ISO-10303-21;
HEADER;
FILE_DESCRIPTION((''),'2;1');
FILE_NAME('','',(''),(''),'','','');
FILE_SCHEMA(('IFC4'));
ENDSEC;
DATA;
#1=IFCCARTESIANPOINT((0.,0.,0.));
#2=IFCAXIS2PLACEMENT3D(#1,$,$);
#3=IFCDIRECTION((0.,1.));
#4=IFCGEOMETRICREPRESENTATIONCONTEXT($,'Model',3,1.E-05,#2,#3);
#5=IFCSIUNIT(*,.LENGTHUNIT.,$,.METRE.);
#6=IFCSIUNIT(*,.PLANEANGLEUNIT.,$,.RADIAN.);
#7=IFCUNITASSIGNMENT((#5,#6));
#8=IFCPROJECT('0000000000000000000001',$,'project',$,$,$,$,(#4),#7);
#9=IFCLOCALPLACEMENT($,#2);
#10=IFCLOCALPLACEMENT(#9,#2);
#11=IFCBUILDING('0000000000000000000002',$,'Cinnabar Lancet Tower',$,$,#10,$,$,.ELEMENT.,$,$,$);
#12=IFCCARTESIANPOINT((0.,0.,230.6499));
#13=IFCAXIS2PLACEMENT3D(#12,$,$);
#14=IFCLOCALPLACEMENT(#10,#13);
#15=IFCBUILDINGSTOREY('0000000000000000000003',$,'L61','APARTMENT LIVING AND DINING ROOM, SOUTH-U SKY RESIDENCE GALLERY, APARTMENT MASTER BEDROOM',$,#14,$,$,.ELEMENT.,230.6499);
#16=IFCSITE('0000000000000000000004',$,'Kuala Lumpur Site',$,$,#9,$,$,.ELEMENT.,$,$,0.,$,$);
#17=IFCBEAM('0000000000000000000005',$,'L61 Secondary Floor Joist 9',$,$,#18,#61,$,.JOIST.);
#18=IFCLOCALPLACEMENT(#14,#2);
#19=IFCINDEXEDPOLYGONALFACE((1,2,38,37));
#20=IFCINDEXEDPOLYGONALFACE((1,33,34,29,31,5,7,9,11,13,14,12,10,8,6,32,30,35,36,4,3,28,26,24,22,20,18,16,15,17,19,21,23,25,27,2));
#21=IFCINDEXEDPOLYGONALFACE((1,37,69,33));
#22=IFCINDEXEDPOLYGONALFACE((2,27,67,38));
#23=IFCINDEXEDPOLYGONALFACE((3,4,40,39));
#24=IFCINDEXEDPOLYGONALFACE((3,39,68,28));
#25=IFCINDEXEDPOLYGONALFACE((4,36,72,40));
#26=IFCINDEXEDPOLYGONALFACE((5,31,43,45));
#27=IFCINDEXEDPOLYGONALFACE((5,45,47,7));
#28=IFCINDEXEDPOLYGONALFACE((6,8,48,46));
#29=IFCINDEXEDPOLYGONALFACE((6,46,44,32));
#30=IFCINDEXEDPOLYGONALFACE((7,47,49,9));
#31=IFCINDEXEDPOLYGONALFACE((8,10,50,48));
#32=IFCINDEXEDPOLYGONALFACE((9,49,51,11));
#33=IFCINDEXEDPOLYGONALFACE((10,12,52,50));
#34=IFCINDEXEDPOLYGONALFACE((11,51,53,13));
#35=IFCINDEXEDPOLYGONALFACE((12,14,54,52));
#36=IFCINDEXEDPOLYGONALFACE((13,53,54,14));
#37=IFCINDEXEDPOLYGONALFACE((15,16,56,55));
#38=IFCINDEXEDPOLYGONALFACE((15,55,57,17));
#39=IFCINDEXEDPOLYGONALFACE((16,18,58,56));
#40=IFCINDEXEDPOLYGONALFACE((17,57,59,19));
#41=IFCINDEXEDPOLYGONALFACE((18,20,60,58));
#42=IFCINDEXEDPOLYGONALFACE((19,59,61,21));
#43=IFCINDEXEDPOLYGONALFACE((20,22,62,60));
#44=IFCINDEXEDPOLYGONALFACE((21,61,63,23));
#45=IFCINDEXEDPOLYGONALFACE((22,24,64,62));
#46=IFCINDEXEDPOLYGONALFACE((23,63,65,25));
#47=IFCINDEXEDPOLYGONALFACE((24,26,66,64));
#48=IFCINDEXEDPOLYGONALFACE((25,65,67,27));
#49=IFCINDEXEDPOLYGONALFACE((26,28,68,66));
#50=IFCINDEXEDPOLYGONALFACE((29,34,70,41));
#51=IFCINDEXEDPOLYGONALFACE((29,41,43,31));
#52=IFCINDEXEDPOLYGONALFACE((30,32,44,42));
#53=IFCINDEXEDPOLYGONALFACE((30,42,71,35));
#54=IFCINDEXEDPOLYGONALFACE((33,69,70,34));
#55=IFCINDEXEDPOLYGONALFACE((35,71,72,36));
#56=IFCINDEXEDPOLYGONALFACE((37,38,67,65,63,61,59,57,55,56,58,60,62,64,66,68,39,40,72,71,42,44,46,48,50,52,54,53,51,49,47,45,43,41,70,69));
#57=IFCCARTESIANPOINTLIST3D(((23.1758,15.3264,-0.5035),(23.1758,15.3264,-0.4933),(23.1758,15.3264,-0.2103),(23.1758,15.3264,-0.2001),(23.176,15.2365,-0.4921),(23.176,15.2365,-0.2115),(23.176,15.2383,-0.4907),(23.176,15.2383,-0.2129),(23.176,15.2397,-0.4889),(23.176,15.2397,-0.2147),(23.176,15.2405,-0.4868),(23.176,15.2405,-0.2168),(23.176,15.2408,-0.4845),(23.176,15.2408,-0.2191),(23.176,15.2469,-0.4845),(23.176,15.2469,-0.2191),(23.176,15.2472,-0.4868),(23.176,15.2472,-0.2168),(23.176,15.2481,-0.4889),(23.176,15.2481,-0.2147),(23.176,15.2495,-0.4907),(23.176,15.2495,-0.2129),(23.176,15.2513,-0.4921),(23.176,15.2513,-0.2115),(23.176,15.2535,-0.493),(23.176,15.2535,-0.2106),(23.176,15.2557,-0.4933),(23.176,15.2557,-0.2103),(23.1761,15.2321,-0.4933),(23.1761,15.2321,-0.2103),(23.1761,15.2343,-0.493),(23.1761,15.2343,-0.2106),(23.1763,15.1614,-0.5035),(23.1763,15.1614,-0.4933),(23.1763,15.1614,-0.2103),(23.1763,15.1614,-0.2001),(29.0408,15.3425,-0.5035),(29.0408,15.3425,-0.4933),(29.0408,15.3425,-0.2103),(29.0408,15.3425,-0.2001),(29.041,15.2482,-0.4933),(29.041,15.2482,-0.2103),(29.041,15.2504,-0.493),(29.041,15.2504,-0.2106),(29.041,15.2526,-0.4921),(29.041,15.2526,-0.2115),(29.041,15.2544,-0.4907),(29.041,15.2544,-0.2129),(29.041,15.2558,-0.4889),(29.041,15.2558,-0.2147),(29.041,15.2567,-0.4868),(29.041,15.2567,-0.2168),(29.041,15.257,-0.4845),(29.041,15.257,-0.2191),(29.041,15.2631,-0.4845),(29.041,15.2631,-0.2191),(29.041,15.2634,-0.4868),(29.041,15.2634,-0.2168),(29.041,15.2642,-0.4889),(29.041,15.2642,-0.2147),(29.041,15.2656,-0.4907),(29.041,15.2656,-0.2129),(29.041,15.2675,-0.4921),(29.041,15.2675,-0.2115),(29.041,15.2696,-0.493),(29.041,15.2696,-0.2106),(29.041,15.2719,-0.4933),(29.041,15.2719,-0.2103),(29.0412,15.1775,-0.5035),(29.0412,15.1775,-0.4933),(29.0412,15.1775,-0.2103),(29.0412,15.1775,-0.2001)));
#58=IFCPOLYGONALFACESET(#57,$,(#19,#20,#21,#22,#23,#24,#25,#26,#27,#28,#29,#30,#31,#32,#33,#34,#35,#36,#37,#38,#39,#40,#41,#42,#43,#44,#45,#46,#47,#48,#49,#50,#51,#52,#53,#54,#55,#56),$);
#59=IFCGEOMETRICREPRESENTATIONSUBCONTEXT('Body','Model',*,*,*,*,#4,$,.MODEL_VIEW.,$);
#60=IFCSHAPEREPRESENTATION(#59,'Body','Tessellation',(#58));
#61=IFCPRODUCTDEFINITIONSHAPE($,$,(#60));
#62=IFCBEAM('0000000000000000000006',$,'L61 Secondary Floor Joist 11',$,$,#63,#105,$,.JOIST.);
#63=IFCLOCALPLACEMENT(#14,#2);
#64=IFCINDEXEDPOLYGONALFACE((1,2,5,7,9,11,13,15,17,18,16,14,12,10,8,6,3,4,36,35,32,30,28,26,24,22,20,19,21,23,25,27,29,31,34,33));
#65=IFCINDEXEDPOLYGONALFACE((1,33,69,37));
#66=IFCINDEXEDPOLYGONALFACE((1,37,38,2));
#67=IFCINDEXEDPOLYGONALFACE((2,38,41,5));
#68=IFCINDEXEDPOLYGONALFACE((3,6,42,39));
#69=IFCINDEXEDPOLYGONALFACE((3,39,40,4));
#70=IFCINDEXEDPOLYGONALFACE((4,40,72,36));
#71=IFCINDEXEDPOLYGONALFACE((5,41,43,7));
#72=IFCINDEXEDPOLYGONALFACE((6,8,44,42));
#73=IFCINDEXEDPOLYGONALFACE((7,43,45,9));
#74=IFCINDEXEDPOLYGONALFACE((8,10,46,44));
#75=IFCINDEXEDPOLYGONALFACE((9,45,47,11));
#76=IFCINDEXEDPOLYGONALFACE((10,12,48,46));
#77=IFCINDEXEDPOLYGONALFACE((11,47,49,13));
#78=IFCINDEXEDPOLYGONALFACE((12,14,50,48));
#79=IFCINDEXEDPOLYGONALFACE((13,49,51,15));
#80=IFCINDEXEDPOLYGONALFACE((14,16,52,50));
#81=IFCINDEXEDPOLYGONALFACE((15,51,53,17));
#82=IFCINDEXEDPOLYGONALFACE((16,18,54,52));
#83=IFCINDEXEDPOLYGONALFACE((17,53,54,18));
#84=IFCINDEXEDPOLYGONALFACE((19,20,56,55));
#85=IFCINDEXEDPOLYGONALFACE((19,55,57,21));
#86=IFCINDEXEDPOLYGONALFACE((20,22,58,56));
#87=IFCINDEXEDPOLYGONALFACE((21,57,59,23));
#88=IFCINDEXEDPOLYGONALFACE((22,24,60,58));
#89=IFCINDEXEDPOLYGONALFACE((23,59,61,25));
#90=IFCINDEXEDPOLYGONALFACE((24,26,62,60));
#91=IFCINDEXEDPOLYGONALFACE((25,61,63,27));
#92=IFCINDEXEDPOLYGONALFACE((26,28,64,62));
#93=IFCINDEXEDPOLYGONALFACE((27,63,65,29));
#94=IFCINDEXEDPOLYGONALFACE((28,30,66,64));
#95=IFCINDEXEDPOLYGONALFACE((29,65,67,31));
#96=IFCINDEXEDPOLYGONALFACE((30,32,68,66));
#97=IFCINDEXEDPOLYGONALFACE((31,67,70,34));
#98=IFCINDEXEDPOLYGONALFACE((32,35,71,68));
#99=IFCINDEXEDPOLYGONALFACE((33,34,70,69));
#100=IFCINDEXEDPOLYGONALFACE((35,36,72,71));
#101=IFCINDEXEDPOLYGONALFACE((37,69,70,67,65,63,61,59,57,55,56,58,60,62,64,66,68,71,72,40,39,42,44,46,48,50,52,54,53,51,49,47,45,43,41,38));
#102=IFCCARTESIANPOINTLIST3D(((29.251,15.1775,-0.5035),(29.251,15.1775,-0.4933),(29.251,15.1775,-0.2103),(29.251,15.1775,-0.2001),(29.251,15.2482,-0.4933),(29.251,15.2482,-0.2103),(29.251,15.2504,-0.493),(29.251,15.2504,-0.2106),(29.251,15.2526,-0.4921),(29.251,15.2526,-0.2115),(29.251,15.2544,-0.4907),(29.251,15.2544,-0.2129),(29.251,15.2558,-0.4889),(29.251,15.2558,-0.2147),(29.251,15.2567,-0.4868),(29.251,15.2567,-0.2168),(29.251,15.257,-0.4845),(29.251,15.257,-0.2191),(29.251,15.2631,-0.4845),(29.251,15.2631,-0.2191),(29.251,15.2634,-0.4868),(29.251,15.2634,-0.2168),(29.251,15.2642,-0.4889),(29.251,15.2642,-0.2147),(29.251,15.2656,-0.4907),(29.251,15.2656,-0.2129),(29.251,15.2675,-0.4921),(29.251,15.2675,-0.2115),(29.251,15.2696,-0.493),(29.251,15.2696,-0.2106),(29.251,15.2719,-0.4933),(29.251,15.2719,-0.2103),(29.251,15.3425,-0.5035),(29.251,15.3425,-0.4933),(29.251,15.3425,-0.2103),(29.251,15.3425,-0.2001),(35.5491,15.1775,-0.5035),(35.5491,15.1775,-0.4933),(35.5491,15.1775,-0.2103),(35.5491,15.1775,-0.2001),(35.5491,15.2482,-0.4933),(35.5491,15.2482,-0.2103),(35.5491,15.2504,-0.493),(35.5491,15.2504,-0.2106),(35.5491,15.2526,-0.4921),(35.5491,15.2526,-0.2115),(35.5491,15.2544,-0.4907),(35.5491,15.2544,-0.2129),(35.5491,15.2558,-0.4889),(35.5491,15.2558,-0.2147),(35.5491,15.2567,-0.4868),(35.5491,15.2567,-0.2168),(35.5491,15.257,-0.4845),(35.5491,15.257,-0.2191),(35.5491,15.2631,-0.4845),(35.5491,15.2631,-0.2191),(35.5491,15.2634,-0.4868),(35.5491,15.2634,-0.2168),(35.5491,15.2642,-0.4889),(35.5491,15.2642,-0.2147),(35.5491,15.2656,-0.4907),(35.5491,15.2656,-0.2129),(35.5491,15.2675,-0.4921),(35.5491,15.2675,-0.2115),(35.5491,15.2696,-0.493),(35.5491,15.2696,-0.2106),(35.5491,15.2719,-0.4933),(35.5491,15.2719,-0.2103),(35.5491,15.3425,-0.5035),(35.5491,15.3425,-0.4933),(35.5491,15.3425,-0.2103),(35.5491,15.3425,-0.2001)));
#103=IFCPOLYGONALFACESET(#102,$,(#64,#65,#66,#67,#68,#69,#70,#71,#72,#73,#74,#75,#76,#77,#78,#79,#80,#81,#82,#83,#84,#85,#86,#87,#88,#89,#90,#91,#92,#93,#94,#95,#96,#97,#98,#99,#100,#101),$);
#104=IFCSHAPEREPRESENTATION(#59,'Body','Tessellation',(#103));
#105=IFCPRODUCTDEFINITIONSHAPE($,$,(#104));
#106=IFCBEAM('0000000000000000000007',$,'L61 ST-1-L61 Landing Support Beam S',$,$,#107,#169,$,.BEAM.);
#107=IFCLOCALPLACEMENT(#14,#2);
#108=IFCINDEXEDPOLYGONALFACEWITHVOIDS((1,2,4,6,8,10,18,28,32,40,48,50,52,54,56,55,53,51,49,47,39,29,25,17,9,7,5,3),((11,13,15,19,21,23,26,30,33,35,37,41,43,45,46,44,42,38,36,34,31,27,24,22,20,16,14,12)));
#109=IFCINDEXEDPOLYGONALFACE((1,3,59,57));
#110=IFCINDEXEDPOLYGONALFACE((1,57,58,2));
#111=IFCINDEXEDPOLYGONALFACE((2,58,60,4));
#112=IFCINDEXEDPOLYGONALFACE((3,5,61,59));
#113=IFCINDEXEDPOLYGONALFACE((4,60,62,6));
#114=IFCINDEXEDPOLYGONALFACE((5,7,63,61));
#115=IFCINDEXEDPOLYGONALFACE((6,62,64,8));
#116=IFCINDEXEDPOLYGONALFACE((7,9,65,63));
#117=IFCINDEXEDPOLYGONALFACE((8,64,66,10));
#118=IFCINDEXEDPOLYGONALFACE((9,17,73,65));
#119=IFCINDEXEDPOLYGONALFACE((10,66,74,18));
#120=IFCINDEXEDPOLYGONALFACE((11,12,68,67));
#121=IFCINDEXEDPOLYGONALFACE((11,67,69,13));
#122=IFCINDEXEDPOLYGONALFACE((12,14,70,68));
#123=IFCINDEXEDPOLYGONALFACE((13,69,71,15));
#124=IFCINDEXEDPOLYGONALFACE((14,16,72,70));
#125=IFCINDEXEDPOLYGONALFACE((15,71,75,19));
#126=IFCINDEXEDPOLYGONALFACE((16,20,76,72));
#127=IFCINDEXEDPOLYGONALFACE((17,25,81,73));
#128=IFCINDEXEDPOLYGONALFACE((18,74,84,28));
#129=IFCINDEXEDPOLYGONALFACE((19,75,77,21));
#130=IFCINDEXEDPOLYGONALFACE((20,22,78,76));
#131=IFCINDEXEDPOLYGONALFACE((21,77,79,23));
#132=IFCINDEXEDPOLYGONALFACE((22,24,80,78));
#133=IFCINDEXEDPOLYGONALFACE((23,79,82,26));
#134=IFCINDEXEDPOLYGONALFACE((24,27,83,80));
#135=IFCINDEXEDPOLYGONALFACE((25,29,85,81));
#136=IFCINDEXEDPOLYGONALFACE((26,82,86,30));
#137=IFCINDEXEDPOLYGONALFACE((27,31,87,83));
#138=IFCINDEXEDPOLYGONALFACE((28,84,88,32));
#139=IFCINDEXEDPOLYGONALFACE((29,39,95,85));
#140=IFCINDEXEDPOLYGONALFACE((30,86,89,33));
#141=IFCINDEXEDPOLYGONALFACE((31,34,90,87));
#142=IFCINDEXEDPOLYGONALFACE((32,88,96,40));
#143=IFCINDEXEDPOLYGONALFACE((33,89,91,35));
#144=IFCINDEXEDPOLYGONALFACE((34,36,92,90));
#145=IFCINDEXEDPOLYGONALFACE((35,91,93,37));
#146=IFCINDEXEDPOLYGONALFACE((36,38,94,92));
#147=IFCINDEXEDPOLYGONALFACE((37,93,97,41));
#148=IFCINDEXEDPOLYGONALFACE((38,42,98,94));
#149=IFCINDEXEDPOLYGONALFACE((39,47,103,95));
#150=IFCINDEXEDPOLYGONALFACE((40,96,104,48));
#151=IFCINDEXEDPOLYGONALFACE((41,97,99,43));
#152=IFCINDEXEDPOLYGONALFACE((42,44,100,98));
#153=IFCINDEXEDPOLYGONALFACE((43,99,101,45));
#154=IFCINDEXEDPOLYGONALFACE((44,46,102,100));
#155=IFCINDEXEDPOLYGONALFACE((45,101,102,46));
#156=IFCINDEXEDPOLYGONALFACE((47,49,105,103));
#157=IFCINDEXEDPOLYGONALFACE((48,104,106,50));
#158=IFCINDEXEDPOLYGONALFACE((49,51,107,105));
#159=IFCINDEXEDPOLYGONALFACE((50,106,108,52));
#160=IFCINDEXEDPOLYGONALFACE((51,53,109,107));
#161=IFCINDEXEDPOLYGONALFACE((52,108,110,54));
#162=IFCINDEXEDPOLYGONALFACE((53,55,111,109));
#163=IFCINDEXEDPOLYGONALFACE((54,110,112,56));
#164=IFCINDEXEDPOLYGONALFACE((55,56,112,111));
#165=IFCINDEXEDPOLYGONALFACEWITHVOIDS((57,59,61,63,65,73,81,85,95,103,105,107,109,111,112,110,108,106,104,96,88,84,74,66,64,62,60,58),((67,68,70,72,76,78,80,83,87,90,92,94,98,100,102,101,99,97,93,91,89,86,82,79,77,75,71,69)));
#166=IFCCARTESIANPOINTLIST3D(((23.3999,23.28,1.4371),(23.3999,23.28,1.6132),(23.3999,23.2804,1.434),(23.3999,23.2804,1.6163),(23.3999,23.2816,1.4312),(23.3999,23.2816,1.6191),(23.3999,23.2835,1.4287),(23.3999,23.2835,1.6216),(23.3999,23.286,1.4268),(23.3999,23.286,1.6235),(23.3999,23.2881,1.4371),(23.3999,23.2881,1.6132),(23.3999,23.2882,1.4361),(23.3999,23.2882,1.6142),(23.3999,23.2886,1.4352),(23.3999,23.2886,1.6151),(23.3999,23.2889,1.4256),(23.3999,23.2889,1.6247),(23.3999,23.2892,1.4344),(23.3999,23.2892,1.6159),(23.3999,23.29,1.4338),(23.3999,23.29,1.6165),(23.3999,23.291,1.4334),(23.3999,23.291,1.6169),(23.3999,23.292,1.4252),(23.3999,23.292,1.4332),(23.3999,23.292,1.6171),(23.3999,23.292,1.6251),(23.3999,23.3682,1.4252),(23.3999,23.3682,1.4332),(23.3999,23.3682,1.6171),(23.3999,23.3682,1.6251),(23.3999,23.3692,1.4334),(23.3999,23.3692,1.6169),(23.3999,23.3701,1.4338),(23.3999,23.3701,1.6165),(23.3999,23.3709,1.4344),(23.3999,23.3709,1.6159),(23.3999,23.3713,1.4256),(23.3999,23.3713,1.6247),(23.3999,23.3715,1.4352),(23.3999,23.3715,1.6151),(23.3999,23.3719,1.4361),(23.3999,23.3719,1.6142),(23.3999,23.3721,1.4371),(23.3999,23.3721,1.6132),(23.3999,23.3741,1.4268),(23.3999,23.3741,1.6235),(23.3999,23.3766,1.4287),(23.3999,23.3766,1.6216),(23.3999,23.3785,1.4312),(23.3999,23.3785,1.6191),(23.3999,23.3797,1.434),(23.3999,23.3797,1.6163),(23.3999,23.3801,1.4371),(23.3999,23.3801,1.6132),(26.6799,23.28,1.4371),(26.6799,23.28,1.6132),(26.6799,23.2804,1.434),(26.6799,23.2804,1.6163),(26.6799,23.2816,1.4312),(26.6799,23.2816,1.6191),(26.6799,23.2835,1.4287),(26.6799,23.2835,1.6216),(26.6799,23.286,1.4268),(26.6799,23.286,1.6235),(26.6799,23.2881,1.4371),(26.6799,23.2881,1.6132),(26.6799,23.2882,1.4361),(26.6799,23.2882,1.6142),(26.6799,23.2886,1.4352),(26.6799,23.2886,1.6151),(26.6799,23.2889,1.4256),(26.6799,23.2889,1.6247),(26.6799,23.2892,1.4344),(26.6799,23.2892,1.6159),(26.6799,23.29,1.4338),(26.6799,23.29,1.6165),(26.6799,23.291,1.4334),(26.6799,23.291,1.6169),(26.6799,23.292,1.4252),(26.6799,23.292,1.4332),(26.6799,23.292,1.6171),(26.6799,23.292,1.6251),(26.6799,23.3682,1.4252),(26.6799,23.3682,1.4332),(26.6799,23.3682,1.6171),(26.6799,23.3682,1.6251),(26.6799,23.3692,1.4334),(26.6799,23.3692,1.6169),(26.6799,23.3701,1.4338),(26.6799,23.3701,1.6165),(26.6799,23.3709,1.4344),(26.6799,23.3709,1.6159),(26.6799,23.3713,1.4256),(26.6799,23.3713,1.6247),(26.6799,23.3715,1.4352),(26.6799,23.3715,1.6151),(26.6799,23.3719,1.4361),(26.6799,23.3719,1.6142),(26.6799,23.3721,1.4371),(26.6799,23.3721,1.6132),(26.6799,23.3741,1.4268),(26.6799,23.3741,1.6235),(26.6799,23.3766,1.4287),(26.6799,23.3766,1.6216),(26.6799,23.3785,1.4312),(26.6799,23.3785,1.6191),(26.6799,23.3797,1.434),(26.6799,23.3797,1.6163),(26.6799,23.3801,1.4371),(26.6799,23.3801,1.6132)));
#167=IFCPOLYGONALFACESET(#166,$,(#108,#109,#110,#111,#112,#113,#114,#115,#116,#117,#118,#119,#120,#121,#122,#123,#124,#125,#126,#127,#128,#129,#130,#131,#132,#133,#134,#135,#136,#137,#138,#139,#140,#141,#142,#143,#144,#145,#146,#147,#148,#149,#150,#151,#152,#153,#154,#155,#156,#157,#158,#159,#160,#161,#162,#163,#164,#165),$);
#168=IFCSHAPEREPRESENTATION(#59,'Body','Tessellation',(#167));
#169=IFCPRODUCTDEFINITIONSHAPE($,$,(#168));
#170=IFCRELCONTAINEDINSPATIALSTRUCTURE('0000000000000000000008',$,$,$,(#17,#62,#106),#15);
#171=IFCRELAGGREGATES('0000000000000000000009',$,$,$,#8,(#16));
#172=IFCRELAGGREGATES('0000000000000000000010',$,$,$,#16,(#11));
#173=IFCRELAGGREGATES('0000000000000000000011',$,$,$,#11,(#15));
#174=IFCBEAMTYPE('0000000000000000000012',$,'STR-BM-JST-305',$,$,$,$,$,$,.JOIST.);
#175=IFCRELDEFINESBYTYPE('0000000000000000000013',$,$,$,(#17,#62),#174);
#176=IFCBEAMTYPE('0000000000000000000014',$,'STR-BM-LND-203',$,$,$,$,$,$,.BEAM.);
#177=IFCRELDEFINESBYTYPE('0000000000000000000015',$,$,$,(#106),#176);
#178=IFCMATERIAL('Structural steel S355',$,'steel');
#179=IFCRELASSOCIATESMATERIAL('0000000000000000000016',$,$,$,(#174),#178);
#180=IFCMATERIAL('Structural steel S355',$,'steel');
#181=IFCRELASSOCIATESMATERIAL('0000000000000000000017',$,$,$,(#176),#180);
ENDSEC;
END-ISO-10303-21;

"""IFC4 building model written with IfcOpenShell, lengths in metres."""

from ifc_helpers import new_model, si_unit, direction, frame, origin, origin_2d, place, context, subcontext, project, spatial, hollow_rectangle, i_section, extrude, material, material_profile, profile_set, type_object, element, save


model = new_model("IFC4")

# Units and contexts
model_context = context("Model", 3, precision=1e-05, world=origin(), true_north=direction((0.0, 1.0)))
body_context = subcontext(model_context, "Body", "Model", "MODEL_VIEW")
ifc_project = project(units=[si_unit("LENGTHUNIT", "METRE"), si_unit("PLANEANGLEUNIT", "RADIAN")], contexts=[model_context])

# Site, building, storey
site_placement = place(None, origin())
site = spatial("IfcSite", under=ifc_project, at=site_placement, Name="Kuala Lumpur Site", CompositionType="ELEMENT", RefElevation=0.0)
building_placement = place(site_placement, origin())
building = spatial("IfcBuilding", under=site, at=building_placement, Name="Cinnabar Lancet Tower", CompositionType="ELEMENT")
storey_placement = place(building_placement, frame((0.0, 0.0, 230.6499)))
storey = spatial("IfcBuildingStorey", under=building, at=storey_placement, Name="L61", Description="APARTMENT LIVING AND DINING ROOM, SOUTH-U SKY RESIDENCE GALLERY, APARTMENT MASTER BEDROOM", CompositionType="ELEMENT", Elevation=230.6499)

# Beams
ifc_material_1 = material(Name="Structural steel S355", Category="steel")
ifc_material_profile_1 = material_profile(ifc_material_1, i_section(OverallWidth=0.165, OverallDepth=0.3035, WebThickness=0.0061, FlangeThickness=0.0103, FilletRadius=0.0088, at=origin_2d()), Name="UKB 305x165x40")
ifc_profile_set_1 = profile_set([ifc_material_profile_1], Name="Structural steel S355")
beam_type_1 = type_object("IfcBeamType", Name="STR-BM-JST-305", PredefinedType="JOIST", material=ifc_profile_set_1)
beam_1_placement = place(storey_placement, frame((23.176, 15.2439, -0.3518), z_axis=(0.999996, 0.002747, 0.0), x_axis=(-0.002747, 0.999996, 0.0)))
element("IfcBeam", 1, at=beam_1_placement, inside=storey, type_object=beam_type_1, Name="L61 Secondary Floor Joist 9", PredefinedType="JOIST", context=body_context, shape_type="SweptSolid", body=[
    extrude(i_section(OverallWidth=0.165, OverallDepth=0.3035, WebThickness=0.0061, FlangeThickness=0.0103, FilletRadius=0.0088, at=origin_2d()), origin(), (0.0, 0.0, 1.0), 5.865),
])
beam_2_placement = place(storey_placement, frame((29.251, 15.26, -0.3518), z_axis=(1.0, 0.0, 0.0), x_axis=(0.0, 1.0, 0.0)))
element("IfcBeam", 2, at=beam_2_placement, inside=storey, type_object=beam_type_1, Name="L61 Secondary Floor Joist 11", PredefinedType="JOIST", context=body_context, shape_type="SweptSolid", body=[
    extrude(i_section(OverallWidth=0.165, OverallDepth=0.3035, WebThickness=0.0061, FlangeThickness=0.0103, FilletRadius=0.0088, at=origin_2d()), origin(), (0.0, 0.0, 1.0), 6.2981),
])
ifc_material_2 = material(Name="Structural steel S355", Category="steel")
ifc_material_profile_2 = material_profile(ifc_material_2, hollow_rectangle(XDim=0.1001, YDim=0.2, WallThickness=0.0081, InnerFilletRadius=0.0039, OuterFilletRadius=0.012, at=origin_2d()), Name="RHS 200x100x8")
ifc_profile_set_2 = profile_set([ifc_material_profile_2], Name="Structural steel S355")
beam_type_2 = type_object("IfcBeamType", Name="STR-BM-LND-203", PredefinedType="BEAM", material=ifc_profile_set_2)
beam_3_placement = place(storey_placement, frame((23.3999, 23.3301, 1.5251), z_axis=(1.0, 0.0, 0.0), x_axis=(0.0, 1.0, 0.0)))
element("IfcBeam", 3, at=beam_3_placement, inside=storey, type_object=beam_type_2, Name="L61 ST-1-L61 Landing Support Beam S", PredefinedType="BEAM", context=body_context, shape_type="SweptSolid", body=[
    extrude(hollow_rectangle(XDim=0.1001, YDim=0.2, WallThickness=0.0081, InnerFilletRadius=0.0039, OuterFilletRadius=0.012, at=origin_2d()), origin(), (0.0, 0.0, 1.0), 3.28),
])

save(model, "model.ifc")
